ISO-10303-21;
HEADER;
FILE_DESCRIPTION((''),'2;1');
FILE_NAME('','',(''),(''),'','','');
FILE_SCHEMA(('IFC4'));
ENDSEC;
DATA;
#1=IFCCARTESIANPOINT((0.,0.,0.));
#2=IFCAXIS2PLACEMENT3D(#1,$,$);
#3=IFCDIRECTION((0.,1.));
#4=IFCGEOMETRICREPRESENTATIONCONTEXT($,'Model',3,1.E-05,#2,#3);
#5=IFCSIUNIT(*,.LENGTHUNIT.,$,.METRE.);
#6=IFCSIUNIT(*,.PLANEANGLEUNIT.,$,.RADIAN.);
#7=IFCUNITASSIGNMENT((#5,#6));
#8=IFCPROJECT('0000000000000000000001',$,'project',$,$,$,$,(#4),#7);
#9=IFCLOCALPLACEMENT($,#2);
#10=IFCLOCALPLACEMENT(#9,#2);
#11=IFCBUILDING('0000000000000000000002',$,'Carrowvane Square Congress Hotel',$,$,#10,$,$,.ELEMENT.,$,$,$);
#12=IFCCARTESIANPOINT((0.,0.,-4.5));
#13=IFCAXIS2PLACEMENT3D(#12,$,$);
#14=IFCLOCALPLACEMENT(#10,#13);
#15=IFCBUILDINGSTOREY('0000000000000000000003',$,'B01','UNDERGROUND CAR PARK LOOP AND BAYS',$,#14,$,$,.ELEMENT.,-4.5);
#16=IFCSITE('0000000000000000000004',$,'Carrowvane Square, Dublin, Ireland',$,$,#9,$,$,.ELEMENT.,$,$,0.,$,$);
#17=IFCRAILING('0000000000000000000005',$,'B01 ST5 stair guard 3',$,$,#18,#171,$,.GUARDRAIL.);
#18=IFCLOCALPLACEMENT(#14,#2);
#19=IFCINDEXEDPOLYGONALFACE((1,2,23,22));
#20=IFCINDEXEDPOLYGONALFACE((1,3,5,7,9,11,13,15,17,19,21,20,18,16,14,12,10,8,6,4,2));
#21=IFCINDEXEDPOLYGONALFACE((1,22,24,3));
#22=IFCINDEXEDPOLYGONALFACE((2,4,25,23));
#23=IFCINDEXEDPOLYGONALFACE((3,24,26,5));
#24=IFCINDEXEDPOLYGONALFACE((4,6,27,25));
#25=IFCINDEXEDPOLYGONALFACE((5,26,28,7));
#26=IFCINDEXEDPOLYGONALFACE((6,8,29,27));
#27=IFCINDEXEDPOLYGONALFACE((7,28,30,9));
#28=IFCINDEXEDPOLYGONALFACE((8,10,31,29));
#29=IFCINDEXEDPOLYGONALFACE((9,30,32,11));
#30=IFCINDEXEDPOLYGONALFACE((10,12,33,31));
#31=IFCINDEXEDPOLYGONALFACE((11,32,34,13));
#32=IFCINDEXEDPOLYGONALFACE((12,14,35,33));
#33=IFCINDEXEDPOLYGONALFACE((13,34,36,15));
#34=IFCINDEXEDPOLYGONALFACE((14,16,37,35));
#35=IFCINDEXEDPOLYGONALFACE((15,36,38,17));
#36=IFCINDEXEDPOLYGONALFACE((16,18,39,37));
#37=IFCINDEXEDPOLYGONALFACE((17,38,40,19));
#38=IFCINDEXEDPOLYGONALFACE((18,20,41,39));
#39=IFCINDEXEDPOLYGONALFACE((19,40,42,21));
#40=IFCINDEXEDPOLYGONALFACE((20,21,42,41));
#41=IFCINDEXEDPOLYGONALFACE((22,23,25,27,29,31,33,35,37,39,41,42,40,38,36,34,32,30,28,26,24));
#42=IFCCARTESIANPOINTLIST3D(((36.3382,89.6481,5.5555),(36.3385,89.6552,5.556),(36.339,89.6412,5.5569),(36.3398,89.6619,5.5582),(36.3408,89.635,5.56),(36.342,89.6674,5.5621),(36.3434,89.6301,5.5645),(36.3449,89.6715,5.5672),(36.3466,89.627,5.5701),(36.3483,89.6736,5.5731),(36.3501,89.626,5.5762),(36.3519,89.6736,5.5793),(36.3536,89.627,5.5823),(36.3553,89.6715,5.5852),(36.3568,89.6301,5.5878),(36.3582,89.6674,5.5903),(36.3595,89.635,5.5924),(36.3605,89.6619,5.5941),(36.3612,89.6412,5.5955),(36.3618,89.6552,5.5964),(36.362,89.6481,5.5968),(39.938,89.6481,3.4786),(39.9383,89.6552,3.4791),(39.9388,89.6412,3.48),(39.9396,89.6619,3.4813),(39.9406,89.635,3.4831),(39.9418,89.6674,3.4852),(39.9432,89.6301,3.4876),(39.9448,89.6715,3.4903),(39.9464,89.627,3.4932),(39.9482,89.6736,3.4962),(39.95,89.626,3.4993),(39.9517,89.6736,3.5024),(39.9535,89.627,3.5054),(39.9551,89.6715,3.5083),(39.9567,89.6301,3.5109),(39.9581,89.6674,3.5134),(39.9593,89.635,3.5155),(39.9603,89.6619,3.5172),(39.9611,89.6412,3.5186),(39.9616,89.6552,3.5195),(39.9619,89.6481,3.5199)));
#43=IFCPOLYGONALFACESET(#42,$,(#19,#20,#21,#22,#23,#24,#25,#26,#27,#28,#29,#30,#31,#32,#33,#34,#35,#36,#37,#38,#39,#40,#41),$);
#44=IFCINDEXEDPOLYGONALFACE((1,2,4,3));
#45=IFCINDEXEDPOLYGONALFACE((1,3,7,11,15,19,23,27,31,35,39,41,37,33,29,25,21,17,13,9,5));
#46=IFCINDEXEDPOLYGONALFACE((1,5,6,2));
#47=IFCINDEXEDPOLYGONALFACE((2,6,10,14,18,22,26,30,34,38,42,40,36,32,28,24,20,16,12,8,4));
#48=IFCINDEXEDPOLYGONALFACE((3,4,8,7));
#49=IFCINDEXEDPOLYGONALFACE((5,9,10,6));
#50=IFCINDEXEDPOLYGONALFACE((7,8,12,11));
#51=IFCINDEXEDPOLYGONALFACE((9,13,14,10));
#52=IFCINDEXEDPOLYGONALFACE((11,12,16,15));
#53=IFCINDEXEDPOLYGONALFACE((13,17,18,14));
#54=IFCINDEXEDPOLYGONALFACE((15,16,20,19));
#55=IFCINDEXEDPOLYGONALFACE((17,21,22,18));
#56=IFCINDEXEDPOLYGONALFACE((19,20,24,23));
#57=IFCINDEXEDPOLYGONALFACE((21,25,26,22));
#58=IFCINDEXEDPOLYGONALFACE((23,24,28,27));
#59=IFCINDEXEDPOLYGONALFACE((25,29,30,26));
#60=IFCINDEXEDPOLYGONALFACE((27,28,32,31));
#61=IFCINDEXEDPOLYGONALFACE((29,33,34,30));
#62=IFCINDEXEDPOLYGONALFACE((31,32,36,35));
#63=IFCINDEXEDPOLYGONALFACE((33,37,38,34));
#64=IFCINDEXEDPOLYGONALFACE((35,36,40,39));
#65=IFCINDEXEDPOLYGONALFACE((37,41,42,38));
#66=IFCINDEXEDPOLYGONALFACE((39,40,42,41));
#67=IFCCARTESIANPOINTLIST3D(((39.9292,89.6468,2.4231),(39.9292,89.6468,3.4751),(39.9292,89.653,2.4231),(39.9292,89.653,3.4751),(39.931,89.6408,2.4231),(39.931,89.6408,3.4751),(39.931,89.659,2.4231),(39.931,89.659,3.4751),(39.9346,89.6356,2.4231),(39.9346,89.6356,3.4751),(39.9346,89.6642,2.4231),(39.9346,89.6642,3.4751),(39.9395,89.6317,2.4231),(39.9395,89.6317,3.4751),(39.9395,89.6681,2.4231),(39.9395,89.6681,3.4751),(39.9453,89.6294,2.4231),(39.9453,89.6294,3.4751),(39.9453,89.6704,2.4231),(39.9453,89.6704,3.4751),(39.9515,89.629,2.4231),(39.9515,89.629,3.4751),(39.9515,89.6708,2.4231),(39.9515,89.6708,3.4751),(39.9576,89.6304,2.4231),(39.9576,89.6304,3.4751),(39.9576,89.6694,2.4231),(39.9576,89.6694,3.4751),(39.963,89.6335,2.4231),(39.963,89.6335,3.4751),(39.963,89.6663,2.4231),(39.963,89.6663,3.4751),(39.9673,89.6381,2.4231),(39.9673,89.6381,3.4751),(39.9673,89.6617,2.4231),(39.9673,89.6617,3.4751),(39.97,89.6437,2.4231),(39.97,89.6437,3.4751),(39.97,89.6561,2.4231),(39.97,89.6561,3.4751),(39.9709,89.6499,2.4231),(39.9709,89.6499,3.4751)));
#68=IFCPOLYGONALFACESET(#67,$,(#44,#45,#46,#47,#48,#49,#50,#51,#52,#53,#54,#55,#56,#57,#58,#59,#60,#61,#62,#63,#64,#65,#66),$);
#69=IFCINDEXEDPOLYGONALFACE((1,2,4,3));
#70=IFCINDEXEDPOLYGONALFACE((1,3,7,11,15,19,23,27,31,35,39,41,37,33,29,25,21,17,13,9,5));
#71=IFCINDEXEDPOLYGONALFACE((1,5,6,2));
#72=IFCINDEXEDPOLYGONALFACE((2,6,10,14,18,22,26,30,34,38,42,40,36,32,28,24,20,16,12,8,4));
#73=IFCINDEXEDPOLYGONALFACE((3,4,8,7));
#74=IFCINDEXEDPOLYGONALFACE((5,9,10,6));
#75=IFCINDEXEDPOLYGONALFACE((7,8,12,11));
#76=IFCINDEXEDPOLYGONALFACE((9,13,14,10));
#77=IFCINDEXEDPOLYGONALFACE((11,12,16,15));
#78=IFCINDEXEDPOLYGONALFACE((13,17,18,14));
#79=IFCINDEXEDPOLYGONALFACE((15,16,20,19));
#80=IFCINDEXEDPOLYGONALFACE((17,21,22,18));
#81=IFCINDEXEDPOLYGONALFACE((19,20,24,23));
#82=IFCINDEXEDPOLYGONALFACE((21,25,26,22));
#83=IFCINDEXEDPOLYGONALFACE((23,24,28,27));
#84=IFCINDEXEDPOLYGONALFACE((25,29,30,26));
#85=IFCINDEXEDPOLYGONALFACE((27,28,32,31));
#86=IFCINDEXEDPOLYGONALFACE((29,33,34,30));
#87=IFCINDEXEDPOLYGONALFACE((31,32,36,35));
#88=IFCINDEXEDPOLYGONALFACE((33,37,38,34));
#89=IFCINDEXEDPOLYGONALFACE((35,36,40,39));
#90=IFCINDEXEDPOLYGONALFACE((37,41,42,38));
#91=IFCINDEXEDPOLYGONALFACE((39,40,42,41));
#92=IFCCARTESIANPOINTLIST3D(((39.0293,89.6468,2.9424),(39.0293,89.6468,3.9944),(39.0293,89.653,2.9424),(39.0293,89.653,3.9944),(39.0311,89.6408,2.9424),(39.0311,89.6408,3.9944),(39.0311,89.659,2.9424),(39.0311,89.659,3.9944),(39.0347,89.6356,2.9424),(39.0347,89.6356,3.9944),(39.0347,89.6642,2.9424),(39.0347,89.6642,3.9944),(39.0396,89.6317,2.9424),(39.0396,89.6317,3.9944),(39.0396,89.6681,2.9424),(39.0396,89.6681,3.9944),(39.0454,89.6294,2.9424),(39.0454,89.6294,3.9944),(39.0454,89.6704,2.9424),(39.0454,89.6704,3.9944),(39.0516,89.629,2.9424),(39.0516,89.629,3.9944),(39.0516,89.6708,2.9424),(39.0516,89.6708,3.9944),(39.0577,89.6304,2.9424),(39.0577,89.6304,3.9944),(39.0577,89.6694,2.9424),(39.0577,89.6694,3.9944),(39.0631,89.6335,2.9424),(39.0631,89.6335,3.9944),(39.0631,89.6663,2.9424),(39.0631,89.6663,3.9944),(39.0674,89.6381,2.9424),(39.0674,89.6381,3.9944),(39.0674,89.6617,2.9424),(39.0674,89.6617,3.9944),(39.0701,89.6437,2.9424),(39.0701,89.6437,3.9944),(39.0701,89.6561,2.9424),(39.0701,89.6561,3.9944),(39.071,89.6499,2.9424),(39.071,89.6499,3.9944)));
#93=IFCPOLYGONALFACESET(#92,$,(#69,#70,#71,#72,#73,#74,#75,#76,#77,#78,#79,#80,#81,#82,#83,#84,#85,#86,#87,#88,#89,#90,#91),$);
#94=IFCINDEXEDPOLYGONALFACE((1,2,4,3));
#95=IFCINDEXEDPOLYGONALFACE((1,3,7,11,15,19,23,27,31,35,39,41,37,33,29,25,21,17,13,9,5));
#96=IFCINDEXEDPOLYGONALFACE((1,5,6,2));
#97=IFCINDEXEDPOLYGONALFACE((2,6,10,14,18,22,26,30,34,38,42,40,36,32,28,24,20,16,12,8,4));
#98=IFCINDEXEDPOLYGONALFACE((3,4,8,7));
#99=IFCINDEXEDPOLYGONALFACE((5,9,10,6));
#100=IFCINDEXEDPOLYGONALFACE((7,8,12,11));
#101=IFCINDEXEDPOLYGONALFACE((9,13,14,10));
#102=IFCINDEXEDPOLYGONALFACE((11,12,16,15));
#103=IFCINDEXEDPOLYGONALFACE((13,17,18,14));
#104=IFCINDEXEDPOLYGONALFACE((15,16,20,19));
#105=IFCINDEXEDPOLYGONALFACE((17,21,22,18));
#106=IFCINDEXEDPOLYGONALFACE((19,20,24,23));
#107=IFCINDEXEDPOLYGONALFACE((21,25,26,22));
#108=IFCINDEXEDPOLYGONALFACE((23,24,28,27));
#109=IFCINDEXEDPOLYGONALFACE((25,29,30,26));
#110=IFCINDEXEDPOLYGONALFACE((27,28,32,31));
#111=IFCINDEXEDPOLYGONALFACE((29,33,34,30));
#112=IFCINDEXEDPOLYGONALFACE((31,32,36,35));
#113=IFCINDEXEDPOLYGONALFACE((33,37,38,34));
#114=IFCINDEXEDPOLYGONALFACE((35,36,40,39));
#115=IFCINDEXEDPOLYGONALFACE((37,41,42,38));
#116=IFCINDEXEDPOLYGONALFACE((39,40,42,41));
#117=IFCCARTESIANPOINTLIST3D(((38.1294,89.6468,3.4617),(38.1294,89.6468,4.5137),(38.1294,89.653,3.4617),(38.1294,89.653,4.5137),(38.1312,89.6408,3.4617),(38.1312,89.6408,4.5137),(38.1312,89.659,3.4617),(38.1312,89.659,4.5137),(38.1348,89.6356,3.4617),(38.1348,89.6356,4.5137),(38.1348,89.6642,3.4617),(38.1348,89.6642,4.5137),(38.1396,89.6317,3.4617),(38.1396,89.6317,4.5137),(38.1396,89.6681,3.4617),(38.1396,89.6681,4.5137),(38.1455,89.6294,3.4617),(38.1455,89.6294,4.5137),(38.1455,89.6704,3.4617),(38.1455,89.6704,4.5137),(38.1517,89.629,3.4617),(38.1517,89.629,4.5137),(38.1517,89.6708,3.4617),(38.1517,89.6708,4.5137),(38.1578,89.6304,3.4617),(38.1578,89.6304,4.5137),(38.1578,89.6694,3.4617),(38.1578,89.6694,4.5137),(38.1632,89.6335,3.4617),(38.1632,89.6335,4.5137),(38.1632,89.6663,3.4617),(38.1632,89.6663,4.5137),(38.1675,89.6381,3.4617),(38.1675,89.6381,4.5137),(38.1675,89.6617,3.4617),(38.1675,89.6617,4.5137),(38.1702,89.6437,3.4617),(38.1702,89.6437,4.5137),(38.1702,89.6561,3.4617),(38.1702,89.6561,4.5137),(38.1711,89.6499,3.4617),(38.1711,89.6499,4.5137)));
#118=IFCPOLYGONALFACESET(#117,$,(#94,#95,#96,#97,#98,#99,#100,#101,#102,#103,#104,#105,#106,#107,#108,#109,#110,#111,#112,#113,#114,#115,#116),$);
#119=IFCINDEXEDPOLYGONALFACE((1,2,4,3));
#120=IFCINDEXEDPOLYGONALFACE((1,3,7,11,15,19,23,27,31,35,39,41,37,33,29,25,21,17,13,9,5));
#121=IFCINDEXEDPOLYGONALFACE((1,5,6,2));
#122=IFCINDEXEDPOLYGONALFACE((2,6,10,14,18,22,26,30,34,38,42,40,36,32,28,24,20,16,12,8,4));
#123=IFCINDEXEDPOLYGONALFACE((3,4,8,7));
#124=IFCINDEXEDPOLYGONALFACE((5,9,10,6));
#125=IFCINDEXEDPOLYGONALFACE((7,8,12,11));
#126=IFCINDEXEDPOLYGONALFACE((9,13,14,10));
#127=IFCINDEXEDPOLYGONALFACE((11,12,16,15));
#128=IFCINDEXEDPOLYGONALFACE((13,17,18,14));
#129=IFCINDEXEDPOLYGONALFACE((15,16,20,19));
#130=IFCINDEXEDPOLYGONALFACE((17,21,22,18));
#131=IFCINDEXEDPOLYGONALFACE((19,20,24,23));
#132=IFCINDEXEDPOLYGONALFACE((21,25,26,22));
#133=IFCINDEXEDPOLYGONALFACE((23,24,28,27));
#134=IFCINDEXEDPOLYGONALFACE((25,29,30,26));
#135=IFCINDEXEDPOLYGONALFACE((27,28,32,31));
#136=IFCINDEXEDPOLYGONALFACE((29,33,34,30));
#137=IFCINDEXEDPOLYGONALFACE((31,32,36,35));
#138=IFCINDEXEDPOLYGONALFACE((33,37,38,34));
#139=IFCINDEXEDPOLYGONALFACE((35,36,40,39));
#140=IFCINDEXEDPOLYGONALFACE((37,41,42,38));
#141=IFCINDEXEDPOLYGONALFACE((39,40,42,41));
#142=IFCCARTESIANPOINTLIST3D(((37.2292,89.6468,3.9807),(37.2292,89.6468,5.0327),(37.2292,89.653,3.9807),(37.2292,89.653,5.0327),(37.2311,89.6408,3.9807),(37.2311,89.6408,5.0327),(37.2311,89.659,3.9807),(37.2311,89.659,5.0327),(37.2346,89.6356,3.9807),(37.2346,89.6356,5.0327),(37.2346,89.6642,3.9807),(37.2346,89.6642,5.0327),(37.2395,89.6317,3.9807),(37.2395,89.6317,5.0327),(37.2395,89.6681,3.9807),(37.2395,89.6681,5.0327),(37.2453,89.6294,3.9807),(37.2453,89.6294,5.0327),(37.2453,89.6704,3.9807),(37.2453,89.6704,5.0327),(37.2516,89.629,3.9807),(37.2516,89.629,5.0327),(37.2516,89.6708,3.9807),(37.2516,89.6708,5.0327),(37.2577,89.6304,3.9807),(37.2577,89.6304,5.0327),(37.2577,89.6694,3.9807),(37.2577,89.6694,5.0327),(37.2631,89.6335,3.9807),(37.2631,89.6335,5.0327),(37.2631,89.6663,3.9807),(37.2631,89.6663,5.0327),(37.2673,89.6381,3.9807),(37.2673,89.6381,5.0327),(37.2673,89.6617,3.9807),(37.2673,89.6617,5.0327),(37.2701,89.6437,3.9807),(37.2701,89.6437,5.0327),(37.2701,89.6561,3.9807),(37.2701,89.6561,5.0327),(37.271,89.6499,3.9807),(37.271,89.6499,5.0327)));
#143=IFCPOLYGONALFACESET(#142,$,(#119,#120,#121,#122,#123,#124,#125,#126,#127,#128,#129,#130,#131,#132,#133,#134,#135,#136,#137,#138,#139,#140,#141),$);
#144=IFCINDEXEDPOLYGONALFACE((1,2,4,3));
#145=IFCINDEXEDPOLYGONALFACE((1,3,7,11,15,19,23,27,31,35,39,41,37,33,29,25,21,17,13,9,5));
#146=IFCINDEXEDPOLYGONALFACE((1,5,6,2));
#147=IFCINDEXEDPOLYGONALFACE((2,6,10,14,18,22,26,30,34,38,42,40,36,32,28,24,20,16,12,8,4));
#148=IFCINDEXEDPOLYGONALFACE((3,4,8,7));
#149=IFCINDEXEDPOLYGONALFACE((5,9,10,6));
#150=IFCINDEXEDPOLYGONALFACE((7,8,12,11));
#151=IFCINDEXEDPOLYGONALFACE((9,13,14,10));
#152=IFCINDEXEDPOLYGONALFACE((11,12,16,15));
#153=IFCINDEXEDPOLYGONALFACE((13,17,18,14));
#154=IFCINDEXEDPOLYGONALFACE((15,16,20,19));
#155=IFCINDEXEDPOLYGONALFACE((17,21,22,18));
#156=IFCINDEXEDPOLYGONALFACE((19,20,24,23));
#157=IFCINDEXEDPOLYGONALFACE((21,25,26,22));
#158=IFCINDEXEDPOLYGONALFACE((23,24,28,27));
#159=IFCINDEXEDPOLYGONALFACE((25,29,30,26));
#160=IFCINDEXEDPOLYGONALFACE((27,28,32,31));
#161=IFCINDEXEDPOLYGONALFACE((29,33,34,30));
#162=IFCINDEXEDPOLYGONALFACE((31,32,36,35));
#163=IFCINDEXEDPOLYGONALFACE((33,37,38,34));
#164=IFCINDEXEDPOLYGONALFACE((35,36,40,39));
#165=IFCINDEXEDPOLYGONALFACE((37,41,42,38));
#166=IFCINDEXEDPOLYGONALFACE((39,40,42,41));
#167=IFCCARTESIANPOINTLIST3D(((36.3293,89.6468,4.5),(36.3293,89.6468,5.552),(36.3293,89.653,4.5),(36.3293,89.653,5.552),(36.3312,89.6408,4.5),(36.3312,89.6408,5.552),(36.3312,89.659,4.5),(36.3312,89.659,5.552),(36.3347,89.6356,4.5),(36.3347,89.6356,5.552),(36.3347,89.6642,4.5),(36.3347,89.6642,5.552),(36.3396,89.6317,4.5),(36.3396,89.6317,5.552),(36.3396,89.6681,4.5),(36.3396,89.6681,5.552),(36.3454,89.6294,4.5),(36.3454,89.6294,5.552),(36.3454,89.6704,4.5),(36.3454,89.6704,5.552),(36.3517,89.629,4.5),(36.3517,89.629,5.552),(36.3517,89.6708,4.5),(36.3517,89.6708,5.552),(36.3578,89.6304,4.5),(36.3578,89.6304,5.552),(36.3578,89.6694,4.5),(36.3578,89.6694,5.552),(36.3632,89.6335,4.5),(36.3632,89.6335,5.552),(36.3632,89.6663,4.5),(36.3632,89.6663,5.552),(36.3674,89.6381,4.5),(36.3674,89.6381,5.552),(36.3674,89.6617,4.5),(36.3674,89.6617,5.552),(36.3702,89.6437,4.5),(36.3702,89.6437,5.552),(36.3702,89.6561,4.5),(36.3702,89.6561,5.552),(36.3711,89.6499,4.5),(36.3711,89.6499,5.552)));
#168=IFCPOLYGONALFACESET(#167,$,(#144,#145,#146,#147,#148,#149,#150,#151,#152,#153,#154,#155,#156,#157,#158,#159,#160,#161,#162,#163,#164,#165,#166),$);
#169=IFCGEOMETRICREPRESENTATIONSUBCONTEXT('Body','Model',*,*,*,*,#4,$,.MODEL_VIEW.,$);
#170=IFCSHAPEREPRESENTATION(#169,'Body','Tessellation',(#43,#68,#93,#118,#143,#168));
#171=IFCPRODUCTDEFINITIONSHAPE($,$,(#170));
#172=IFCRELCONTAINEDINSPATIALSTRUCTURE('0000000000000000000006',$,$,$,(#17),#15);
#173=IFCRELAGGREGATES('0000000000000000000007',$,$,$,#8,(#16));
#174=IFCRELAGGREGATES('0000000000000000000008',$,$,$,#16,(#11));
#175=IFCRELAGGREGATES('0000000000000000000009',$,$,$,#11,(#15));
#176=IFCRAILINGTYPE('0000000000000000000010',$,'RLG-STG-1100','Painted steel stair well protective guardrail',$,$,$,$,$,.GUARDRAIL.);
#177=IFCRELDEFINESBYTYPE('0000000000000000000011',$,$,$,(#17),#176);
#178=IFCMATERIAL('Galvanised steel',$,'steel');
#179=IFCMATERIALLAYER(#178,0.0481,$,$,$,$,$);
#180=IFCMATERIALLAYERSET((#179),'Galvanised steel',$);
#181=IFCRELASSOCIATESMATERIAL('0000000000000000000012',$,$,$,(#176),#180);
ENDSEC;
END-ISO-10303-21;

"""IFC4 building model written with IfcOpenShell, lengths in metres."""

from ifc_helpers import new_model, si_unit, direction, frame, origin, origin_2d, place, context, subcontext, project, spatial, circle, extrude, material, layer, layer_set, type_object, element, save


model = new_model("IFC4")

# Units and contexts
model_context = context("Model", 3, precision=1e-05, world=origin(), true_north=direction((0.0, 1.0)))
body_context = subcontext(model_context, "Body", "Model", "MODEL_VIEW")
ifc_project = project(units=[si_unit("LENGTHUNIT", "METRE"), si_unit("PLANEANGLEUNIT", "RADIAN")], contexts=[model_context])

# Site, building, storey
site_placement = place(None, origin())
site = spatial("IfcSite", under=ifc_project, at=site_placement, Name="Carrowvane Square, Dublin, Ireland", CompositionType="ELEMENT", RefElevation=0.0)
building_placement = place(site_placement, origin())
building = spatial("IfcBuilding", under=site, at=building_placement, Name="Carrowvane Square Congress Hotel", CompositionType="ELEMENT")
storey_placement = place(building_placement, frame((0.0, 0.0, -4.5)))
storey = spatial("IfcBuildingStorey", under=building, at=storey_placement, Name="B01", Description="UNDERGROUND CAR PARK LOOP AND BAYS", CompositionType="ELEMENT", Elevation=-4.5)

# Railing
ifc_material_1 = material(Name="Galvanised steel", Category="steel")
ifc_layer_1 = layer(ifc_material_1, 0.0481)
ifc_layer_set_1 = layer_set([ifc_layer_1], Name="Galvanised steel")
railing_type_1 = type_object("IfcRailingType", Name="RLG-STG-1100", Description="Painted steel stair well protective guardrail", PredefinedType="GUARDRAIL", material=ifc_layer_set_1)
railing_1_placement = place(storey_placement, frame((39.95, 89.6499, 2.4231)))
element("IfcRailing", 1, at=railing_1_placement, inside=storey, type_object=railing_type_1, Name="B01 ST5 stair guard 3", PredefinedType="GUARDRAIL", context=body_context, shape_type="SweptSolid", body=[
    extrude(circle(Radius=0.0239, at=origin_2d()), frame((0.0, 0.0, 1.0762), z_axis=(-0.866179, 0.0, 0.499734), x_axis=(0.0, -1.0, 0.0)), (0.0, 0.0, 1.0), 4.156),
    extrude(circle(Radius=0.021, at=origin_2d()), origin(), (0.0, 0.0, 1.0), 1.052),
    extrude(circle(Radius=0.021, at=origin_2d()), frame((-0.8999, 0.0, 0.5193)), (0.0, 0.0, 1.0), 1.052),
    extrude(circle(Radius=0.021, at=origin_2d()), frame((-1.7998, 0.0, 1.0386)), (0.0, 0.0, 1.0), 1.052),
    extrude(circle(Radius=0.021, at=origin_2d()), frame((-2.7, 0.0, 1.5576)), (0.0, 0.0, 1.0), 1.052),
    extrude(circle(Radius=0.021, at=origin_2d()), frame((-3.5999, 0.0, 2.0769)), (0.0, 0.0, 1.0), 1.052),
])

save(model, "model.ifc")
